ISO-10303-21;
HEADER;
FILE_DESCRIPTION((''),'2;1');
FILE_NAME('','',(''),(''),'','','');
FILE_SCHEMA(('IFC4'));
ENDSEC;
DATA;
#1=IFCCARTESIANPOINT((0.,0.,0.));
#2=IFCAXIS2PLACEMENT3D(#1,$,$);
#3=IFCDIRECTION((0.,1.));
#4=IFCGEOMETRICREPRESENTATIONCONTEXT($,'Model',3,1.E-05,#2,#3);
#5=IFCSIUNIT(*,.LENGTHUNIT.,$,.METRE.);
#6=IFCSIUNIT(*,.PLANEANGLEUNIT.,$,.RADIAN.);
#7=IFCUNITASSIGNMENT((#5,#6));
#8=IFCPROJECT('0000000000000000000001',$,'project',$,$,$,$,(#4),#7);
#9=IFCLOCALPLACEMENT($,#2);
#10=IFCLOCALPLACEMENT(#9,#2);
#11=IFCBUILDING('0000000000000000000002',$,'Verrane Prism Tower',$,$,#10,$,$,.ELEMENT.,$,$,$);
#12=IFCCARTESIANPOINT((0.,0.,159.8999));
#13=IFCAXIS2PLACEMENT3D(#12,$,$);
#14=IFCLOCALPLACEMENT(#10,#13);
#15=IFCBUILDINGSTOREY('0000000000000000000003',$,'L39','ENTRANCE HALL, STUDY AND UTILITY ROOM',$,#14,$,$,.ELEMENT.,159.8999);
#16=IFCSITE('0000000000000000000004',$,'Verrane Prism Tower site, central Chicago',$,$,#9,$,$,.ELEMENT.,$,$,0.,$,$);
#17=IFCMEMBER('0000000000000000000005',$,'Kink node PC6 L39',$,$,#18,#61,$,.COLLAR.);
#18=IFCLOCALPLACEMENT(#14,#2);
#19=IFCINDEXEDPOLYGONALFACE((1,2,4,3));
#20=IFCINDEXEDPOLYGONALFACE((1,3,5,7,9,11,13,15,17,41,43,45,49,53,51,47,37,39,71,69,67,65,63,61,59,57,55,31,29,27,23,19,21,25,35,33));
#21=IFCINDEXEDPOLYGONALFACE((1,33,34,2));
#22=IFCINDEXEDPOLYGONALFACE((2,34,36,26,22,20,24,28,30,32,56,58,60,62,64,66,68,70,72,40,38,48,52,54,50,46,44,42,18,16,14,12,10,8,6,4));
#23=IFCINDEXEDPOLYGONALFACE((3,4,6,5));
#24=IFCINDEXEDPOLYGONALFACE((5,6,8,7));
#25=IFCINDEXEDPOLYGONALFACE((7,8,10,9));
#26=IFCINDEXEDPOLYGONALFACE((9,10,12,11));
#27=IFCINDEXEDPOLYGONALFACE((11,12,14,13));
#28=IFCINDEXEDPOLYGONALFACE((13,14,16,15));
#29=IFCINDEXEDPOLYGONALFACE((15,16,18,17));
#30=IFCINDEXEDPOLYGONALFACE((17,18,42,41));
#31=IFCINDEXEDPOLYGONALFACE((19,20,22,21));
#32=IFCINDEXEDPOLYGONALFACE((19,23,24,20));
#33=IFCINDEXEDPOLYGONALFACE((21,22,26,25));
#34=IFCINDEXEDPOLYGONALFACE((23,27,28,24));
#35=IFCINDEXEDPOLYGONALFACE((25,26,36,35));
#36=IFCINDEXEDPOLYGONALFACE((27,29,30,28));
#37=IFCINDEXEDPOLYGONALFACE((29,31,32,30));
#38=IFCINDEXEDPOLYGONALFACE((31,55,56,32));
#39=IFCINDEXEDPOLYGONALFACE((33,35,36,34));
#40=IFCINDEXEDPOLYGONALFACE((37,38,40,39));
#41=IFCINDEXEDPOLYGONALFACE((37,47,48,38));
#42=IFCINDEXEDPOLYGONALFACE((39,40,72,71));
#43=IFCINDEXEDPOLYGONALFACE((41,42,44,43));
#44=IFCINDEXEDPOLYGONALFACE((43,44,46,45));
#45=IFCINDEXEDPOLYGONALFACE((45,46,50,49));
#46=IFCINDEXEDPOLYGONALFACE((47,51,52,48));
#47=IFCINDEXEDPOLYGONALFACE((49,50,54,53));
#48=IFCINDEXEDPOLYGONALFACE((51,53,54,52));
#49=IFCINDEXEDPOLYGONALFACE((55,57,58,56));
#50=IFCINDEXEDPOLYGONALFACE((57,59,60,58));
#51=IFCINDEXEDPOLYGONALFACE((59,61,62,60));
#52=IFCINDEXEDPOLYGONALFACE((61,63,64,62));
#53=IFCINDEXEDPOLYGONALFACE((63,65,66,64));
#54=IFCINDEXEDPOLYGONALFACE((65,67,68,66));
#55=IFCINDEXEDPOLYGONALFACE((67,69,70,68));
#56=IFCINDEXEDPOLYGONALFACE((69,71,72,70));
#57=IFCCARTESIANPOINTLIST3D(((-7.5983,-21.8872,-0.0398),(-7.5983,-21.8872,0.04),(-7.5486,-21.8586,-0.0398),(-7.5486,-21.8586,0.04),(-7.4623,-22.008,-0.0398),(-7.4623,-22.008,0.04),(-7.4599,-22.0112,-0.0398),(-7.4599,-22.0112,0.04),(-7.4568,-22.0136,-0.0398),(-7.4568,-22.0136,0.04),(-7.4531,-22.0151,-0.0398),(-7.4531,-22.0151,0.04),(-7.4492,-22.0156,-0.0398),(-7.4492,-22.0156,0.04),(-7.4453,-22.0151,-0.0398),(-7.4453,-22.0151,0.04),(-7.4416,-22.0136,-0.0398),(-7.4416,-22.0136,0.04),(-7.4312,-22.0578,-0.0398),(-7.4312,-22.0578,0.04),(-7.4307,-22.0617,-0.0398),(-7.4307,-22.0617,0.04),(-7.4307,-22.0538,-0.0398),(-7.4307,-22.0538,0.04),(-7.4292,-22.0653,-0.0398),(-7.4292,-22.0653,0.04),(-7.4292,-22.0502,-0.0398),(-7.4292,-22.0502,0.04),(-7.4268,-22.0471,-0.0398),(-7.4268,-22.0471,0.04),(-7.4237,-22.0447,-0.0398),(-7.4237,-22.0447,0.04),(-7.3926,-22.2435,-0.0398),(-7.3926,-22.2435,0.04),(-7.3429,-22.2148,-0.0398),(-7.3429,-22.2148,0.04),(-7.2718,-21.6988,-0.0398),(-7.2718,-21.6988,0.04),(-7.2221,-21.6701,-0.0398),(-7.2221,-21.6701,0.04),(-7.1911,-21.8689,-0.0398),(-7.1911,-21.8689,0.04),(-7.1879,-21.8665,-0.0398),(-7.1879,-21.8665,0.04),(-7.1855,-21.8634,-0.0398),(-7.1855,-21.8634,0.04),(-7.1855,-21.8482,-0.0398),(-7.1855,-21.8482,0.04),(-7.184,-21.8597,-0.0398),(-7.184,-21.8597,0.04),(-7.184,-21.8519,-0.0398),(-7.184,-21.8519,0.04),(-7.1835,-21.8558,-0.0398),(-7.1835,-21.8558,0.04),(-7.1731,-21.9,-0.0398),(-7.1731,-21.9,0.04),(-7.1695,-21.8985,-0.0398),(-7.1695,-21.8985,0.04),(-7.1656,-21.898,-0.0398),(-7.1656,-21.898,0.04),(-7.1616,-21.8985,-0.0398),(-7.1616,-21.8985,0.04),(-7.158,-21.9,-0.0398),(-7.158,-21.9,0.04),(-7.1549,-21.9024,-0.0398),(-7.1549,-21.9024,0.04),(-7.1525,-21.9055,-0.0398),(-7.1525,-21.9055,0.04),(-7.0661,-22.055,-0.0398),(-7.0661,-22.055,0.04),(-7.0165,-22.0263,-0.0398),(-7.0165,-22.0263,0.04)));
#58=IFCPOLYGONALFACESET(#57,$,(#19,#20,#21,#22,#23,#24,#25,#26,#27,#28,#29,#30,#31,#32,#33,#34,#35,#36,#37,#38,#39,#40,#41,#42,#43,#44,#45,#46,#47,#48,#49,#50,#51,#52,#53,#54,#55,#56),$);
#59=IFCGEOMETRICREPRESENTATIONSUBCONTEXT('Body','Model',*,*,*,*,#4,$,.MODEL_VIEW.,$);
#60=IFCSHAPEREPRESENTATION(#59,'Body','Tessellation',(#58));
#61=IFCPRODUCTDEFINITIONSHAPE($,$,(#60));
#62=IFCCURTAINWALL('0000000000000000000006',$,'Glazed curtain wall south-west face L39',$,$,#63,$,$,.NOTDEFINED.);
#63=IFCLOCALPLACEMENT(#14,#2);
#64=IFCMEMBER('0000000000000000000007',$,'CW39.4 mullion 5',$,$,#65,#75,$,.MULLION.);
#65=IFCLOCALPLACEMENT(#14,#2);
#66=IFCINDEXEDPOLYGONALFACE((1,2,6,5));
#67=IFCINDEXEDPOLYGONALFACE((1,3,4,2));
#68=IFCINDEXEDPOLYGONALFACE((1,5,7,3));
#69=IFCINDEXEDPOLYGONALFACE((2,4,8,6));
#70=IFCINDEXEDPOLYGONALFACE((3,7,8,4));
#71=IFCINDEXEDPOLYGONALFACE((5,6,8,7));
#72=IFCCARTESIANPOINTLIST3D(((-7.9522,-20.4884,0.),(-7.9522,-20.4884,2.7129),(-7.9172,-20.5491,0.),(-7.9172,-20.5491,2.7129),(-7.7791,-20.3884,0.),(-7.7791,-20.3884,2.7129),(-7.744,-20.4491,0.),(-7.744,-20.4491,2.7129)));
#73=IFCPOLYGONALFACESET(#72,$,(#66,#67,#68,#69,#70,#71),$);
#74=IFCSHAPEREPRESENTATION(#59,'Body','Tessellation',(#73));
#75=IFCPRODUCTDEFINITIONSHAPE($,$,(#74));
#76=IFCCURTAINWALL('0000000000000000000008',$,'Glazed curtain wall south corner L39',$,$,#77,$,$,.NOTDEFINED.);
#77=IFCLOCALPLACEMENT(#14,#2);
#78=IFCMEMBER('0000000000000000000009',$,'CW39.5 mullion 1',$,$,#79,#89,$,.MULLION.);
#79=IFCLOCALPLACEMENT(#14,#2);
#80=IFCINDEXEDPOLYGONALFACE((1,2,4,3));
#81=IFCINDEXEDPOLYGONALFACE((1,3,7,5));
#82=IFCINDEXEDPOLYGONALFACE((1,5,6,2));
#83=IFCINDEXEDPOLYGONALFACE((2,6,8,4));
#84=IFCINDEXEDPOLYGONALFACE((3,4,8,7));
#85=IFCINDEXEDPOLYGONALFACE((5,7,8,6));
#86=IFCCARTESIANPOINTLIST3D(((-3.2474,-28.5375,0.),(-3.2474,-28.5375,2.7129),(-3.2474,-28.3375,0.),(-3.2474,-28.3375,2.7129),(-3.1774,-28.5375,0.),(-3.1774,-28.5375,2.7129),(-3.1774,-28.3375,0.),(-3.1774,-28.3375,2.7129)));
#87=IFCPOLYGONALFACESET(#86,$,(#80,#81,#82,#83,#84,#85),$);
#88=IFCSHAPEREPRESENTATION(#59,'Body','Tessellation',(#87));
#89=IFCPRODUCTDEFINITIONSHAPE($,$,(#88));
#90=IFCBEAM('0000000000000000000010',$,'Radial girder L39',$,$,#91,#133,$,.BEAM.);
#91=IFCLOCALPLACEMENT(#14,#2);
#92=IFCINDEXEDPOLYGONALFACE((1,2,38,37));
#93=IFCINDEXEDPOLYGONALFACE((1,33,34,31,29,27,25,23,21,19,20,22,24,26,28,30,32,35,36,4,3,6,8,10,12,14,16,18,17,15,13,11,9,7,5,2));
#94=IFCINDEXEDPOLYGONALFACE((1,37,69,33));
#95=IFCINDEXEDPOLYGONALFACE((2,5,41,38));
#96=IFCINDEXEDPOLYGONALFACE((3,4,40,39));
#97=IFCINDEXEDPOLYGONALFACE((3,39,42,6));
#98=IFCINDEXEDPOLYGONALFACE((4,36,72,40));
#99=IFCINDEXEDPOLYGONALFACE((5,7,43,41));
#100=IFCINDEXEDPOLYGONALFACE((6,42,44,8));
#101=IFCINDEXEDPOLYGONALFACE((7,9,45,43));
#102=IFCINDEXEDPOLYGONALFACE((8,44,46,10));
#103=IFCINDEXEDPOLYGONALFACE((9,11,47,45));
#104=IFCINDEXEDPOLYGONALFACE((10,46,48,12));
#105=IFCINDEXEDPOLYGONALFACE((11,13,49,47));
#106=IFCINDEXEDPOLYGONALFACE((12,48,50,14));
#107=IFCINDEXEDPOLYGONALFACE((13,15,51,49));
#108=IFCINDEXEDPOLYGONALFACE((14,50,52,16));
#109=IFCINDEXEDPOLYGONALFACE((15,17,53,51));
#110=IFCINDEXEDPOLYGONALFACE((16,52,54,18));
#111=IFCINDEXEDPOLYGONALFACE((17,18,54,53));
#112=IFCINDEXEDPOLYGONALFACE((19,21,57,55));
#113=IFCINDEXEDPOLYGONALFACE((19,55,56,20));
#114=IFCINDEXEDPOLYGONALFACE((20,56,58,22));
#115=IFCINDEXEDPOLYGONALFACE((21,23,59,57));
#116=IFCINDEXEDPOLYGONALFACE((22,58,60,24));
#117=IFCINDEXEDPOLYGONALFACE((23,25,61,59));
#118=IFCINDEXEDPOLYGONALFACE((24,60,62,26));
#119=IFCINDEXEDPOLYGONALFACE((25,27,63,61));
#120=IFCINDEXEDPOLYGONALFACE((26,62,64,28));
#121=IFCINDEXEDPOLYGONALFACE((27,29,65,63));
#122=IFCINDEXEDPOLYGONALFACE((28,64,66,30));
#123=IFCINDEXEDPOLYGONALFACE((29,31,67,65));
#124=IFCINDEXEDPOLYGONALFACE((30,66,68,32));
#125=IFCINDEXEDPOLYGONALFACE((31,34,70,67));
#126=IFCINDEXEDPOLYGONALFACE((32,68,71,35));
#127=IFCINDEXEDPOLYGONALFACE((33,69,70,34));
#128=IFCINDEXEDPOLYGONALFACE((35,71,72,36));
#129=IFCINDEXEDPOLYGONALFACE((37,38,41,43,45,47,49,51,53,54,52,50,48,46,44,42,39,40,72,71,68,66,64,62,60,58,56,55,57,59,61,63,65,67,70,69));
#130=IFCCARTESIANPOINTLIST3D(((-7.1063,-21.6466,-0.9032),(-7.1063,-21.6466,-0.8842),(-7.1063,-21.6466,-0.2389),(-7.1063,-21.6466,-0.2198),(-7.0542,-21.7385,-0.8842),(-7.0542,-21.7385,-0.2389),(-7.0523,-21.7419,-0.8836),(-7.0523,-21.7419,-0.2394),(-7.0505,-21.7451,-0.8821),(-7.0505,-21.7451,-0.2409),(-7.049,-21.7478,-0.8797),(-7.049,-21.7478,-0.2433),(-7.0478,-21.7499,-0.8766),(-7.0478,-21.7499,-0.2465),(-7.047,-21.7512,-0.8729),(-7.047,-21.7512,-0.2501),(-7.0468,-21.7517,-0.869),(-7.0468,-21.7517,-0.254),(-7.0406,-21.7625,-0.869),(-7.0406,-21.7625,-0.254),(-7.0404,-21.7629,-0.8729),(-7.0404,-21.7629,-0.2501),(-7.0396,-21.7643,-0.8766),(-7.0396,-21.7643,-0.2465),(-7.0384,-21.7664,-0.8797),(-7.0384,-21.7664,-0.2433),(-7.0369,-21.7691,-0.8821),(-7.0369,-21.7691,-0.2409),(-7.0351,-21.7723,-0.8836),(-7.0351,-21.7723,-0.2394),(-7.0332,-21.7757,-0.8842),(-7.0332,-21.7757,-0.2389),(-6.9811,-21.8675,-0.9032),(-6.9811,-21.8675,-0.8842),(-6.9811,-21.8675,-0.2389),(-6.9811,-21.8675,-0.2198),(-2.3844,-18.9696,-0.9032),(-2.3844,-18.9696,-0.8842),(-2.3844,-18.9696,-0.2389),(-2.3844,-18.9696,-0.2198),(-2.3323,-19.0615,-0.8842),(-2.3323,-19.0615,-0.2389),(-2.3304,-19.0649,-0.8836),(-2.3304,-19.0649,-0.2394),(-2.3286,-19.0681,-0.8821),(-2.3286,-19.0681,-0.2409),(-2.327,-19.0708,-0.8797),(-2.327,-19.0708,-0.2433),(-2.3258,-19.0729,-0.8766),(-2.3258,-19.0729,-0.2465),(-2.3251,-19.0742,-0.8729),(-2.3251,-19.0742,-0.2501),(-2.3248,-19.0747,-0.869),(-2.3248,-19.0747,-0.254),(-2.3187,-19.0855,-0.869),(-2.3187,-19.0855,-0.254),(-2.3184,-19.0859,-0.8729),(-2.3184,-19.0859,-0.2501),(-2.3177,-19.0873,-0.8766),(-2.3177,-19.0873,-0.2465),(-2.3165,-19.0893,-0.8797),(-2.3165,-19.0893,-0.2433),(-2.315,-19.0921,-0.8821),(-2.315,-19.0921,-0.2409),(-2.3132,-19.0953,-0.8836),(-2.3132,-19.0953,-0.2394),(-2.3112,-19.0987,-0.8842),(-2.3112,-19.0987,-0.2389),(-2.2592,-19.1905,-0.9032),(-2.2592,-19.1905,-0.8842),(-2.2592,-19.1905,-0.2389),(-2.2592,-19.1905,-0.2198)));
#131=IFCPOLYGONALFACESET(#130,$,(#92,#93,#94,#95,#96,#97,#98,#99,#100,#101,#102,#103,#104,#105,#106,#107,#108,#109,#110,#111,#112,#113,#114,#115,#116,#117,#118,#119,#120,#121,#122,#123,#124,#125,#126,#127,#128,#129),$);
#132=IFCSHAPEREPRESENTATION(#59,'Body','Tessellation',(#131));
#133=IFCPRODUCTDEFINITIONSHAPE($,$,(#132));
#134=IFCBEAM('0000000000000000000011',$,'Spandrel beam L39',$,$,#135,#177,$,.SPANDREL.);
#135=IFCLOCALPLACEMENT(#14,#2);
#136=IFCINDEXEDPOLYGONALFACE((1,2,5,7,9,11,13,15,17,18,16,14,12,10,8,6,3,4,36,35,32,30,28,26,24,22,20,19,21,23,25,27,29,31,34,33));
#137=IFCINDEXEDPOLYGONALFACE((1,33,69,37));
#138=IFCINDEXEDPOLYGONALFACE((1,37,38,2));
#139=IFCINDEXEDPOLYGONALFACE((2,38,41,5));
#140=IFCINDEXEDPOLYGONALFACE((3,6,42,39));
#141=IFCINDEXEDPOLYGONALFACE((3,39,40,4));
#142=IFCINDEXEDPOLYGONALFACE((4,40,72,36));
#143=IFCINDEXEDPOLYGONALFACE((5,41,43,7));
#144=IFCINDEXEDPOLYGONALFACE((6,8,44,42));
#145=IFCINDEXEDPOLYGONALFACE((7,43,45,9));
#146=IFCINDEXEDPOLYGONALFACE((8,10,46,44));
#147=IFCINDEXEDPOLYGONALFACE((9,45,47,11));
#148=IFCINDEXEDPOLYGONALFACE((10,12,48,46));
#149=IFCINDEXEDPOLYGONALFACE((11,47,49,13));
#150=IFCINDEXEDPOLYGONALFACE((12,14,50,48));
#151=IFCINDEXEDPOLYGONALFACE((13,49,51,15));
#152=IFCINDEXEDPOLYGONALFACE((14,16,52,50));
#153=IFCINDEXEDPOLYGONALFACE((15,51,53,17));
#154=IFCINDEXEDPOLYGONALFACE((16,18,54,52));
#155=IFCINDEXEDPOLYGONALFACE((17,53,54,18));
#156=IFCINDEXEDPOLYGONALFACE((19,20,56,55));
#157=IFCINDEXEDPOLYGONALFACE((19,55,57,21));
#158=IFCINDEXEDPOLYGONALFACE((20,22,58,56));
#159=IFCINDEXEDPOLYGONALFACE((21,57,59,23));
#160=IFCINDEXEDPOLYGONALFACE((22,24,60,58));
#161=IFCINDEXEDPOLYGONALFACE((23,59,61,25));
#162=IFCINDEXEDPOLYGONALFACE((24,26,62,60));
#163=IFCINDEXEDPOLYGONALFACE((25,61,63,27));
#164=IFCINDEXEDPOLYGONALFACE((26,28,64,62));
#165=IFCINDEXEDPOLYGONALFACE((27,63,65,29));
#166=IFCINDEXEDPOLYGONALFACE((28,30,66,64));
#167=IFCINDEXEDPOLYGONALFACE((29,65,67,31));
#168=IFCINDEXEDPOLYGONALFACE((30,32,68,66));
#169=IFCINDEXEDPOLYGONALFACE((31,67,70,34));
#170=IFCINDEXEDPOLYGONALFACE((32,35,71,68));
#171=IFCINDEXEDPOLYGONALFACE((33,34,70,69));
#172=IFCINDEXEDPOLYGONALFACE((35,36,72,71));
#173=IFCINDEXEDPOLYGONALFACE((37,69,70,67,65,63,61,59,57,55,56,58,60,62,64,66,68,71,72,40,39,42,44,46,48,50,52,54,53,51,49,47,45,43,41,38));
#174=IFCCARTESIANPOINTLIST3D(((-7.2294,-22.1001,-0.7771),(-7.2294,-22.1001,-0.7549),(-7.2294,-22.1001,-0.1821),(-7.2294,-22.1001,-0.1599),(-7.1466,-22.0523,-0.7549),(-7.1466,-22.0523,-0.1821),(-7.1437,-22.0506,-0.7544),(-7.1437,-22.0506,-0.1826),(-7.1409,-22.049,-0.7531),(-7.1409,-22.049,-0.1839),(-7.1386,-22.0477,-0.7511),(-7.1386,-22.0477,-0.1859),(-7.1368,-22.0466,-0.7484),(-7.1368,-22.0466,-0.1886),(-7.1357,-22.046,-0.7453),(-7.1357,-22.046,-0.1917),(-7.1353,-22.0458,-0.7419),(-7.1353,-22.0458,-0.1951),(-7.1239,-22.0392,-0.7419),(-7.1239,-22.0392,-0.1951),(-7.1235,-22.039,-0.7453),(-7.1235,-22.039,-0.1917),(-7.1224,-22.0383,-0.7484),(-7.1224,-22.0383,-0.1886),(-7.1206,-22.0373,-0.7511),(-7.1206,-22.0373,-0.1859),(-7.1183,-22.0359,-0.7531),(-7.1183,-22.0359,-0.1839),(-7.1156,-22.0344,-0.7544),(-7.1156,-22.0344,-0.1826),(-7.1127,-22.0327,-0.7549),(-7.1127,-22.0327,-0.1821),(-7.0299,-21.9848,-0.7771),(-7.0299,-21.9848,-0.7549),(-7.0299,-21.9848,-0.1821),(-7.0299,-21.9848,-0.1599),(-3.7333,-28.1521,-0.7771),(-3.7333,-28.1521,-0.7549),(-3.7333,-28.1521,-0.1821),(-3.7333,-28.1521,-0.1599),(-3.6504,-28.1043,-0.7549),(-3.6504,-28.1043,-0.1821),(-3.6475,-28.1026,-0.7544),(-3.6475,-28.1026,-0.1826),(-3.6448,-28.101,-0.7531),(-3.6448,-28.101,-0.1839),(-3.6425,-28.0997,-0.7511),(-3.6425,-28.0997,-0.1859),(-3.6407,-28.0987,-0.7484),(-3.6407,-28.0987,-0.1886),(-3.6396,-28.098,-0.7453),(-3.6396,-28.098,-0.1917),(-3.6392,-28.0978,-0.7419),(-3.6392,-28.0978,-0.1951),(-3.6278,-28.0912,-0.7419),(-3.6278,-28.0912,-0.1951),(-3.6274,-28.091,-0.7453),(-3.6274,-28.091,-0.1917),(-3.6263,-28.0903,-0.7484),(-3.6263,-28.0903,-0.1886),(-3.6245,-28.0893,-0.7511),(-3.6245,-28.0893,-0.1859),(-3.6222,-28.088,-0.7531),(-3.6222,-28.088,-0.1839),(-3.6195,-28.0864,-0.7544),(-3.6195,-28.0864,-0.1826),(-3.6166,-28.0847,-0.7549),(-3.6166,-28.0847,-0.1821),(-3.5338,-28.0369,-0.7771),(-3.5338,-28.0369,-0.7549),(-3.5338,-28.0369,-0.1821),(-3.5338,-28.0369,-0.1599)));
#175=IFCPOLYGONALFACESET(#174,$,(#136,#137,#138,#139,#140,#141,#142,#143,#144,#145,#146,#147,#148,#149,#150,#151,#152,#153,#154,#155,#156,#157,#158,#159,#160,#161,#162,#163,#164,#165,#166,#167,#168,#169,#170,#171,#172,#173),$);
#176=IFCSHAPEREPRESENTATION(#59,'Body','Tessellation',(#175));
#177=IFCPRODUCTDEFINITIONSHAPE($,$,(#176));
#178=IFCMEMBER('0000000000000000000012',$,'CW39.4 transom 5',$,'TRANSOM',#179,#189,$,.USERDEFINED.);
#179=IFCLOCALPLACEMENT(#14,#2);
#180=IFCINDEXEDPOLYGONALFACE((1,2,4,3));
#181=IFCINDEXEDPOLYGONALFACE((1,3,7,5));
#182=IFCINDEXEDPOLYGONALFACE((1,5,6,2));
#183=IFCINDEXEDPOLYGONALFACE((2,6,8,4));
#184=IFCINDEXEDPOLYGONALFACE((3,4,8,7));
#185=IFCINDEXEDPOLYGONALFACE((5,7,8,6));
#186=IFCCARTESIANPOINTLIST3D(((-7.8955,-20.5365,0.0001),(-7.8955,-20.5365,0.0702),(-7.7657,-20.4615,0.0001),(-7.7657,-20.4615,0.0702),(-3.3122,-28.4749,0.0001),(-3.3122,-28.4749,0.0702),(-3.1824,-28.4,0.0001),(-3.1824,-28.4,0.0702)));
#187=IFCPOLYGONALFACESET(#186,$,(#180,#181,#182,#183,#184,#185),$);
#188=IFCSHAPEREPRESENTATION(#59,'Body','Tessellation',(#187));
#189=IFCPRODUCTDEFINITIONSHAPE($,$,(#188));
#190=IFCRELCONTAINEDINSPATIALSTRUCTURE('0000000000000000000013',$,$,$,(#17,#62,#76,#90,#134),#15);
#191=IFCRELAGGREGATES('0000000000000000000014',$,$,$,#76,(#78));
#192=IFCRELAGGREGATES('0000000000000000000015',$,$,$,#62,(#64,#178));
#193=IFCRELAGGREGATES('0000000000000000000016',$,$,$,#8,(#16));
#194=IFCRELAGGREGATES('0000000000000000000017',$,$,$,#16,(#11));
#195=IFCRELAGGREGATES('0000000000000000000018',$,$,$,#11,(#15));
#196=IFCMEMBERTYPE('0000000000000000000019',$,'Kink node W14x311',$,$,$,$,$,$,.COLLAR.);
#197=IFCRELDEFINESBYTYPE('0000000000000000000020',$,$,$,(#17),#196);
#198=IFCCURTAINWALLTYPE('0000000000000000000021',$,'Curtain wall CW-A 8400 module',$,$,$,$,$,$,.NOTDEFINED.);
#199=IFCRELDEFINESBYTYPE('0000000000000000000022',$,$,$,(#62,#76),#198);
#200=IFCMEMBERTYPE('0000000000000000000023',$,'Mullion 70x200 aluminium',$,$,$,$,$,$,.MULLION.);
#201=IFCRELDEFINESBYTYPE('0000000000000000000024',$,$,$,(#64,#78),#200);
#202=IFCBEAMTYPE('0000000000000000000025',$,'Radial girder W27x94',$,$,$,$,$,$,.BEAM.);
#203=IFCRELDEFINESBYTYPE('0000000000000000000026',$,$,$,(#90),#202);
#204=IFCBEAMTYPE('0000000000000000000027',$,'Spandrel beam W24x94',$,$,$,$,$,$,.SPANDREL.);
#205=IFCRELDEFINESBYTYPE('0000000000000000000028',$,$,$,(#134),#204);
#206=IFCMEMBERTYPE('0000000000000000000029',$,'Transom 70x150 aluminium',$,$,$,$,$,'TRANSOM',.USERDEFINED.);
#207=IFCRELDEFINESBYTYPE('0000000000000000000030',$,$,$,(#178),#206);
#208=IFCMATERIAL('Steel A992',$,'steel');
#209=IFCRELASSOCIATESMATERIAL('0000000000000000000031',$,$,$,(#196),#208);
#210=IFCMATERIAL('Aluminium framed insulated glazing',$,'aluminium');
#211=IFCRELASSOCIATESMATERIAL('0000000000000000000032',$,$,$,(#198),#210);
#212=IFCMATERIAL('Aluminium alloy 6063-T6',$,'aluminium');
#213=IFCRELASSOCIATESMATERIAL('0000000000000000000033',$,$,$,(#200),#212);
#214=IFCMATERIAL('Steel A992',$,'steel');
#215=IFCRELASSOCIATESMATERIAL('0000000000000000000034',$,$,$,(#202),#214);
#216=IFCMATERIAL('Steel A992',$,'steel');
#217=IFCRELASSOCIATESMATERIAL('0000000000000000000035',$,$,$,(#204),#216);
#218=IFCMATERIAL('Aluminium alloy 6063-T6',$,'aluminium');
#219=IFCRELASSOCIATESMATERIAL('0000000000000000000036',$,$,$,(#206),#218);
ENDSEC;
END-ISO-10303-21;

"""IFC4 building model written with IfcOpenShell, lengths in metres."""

from ifc_helpers import new_model, si_unit, direction, frame, origin, origin_2d, place, context, subcontext, project, spatial, rectangle, i_section, extrude, material, material_profile, profile_set, type_object, element, aggregate, save


model = new_model("IFC4")

# Units and contexts
model_context = context("Model", 3, precision=1e-05, world=origin(), true_north=direction((0.0, 1.0)))
body_context = subcontext(model_context, "Body", "Model", "MODEL_VIEW")
ifc_project = project(units=[si_unit("LENGTHUNIT", "METRE"), si_unit("PLANEANGLEUNIT", "RADIAN")], contexts=[model_context])

# Site, building, storey
site_placement = place(None, origin())
site = spatial("IfcSite", under=ifc_project, at=site_placement, Name="Verrane Prism Tower site, central Chicago", CompositionType="ELEMENT", RefElevation=0.0)
building_placement = place(site_placement, origin())
building = spatial("IfcBuilding", under=site, at=building_placement, Name="Verrane Prism Tower", CompositionType="ELEMENT")
storey_placement = place(building_placement, frame((0.0, 0.0, 159.8999)))
storey = spatial("IfcBuildingStorey", under=building, at=storey_placement, Name="L39", Description="ENTRANCE HALL, STUDY AND UTILITY ROOM", CompositionType="ELEMENT", Elevation=159.8999)

# Member
ifc_material_1 = material(Name="Steel A992", Category="steel")
ifc_material_profile_1 = material_profile(ifc_material_1, i_section(OverallWidth=0.4114, OverallDepth=0.4343, WebThickness=0.0359, FlangeThickness=0.0574, FilletRadius=0.0151, at=origin_2d()), Name="W14x311")
ifc_profile_set_1 = profile_set([ifc_material_profile_1], Name="Steel A992")
member_type_1 = type_object("IfcMemberType", Name="Kink node W14x311", PredefinedType="COLLAR", material=ifc_profile_set_1)
member_1_placement = place(storey_placement, frame((-7.3074, -21.9568, -0.0398), z_axis=(0.0, 0.0, 1.0), x_axis=(-0.5, 0.866025, 0.0)))
element("IfcMember", 1, at=member_1_placement, inside=storey, type_object=member_type_1, Name="Kink node PC6 L39", PredefinedType="COLLAR", context=body_context, shape_type="SweptSolid", body=[
    extrude(i_section(OverallWidth=0.4114, OverallDepth=0.4343, WebThickness=0.0359, FlangeThickness=0.0574, FilletRadius=0.0151, at=origin_2d()), origin(), (0.0, 0.0, 1.0), 0.0798),
])

# Curtain walls, members
ifc_material_2 = material(Name="Aluminium framed insulated glazing", Category="aluminium")
curtain_wall_type = type_object("IfcCurtainWallType", Name="Curtain wall CW-A 8400 module", PredefinedType="NOTDEFINED", material=ifc_material_2)
curtain_wall_1_placement = place(storey_placement, origin())
curtain_wall_1 = element("IfcCurtainWall", 2, at=curtain_wall_1_placement, inside=storey, type_object=curtain_wall_type, Name="Glazed curtain wall south-west face L39", PredefinedType="NOTDEFINED")
ifc_material_3 = material(Name="Aluminium alloy 6063-T6", Category="aluminium")
ifc_material_profile_2 = material_profile(ifc_material_3, rectangle(XDim=0.2, YDim=0.0701, at=origin_2d()), Name="Mullion 70x200 aluminium")
ifc_profile_set_2 = profile_set([ifc_material_profile_2], Name="Aluminium alloy 6063-T6")
member_type_2 = type_object("IfcMemberType", Name="Mullion 70x200 aluminium", PredefinedType="MULLION", material=ifc_profile_set_2)
member_2_placement = place(storey_placement, frame((-7.8481, -20.4688, 0.0), z_axis=(0.0, 0.0, 1.0), x_axis=(0.866026, 0.499999, 0.0)))
member_2 = element("IfcMember", 3, at=member_2_placement, type_object=member_type_2, Name="CW39.4 mullion 5", PredefinedType="MULLION", context=body_context, shape_type="SweptSolid", body=[
    extrude(rectangle(XDim=0.2, YDim=0.0701, at=origin_2d()), origin(), (0.0, 0.0, 1.0), 2.7129),
])
curtain_wall_2_placement = place(storey_placement, origin())
curtain_wall_2 = element("IfcCurtainWall", 4, at=curtain_wall_2_placement, inside=storey, type_object=curtain_wall_type, Name="Glazed curtain wall south corner L39", PredefinedType="NOTDEFINED")
member_3_placement = place(storey_placement, frame((-3.2124, -28.4375, 0.0), z_axis=(0.0, 0.0, 1.0), x_axis=(0.0, 1.0, 0.0)))
member_3 = element("IfcMember", 5, at=member_3_placement, type_object=member_type_2, Name="CW39.5 mullion 1", PredefinedType="MULLION", context=body_context, shape_type="SweptSolid", body=[
    extrude(rectangle(XDim=0.2, YDim=0.0701, at=origin_2d()), origin(), (0.0, 0.0, 1.0), 2.7129),
])

# Beams
ifc_material_4 = material(Name="Steel A992", Category="steel")
ifc_material_profile_3 = material_profile(ifc_material_4, i_section(OverallWidth=0.2539, OverallDepth=0.6833, WebThickness=0.0125, FlangeThickness=0.019, FilletRadius=0.0151, at=origin_2d()), Name="W27x94")
ifc_profile_set_3 = profile_set([ifc_material_profile_3], Name="Steel A992")
beam_type_1 = type_object("IfcBeamType", Name="Radial girder W27x94", PredefinedType="BEAM", material=ifc_profile_set_3)
beam_1_placement = place(storey_placement, frame((-7.0437, -21.7571, -0.5615), z_axis=(0.869924, 0.493186, 0.0), x_axis=(-0.493186, 0.869924, 0.0)))
element("IfcBeam", 6, at=beam_1_placement, inside=storey, type_object=beam_type_1, Name="Radial girder L39", PredefinedType="BEAM", context=body_context, shape_type="SweptSolid", body=[
    extrude(i_section(OverallWidth=0.2539, OverallDepth=0.6833, WebThickness=0.0125, FlangeThickness=0.019, FilletRadius=0.0151, at=origin_2d()), origin(), (0.0, 0.0, 1.0), 5.428),
])
ifc_material_5 = material(Name="Steel A992", Category="steel")
ifc_material_profile_4 = material_profile(ifc_material_5, i_section(OverallWidth=0.2305, OverallDepth=0.6172, WebThickness=0.0132, FlangeThickness=0.0222, FilletRadius=0.0129, at=origin_2d()), Name="W24x94")
ifc_profile_set_4 = profile_set([ifc_material_profile_4], Name="Steel A992")
beam_type_2 = type_object("IfcBeamType", Name="Spandrel beam W24x94", PredefinedType="SPANDREL", material=ifc_profile_set_4)
beam_2_placement = place(storey_placement, frame((-7.1296, -22.0425, -0.4685), z_axis=(0.500211, -0.865903, 0.0), x_axis=(0.865903, 0.500211, 0.0)))
element("IfcBeam", 7, at=beam_2_placement, inside=storey, type_object=beam_type_2, Name="Spandrel beam L39", PredefinedType="SPANDREL", context=body_context, shape_type="SweptSolid", body=[
    extrude(i_section(OverallWidth=0.2305, OverallDepth=0.6172, WebThickness=0.0132, FlangeThickness=0.0222, FilletRadius=0.0129, at=origin_2d()), origin(), (0.0, 0.0, 1.0), 6.9893),
])

# Member
ifc_material_6 = material(Name="Aluminium alloy 6063-T6", Category="aluminium")
ifc_material_profile_5 = material_profile(ifc_material_6, rectangle(XDim=0.1499, YDim=0.0701, at=origin_2d()), Name="Transom 70x150 aluminium")
ifc_profile_set_5 = profile_set([ifc_material_profile_5], Name="Aluminium alloy 6063-T6")
member_type_3 = type_object("IfcMemberType", Name="Transom 70x150 aluminium", ElementType="TRANSOM", PredefinedType="USERDEFINED", material=ifc_profile_set_5)
member_4_placement = place(storey_placement, frame((-7.8306, -20.499, 0.0352), z_axis=(0.499998, -0.866027, 0.0), x_axis=(0.866027, 0.499998, 0.0)))
member_4 = element("IfcMember", 8, at=member_4_placement, type_object=member_type_3, Name="CW39.4 transom 5", ObjectType="TRANSOM", PredefinedType="USERDEFINED", context=body_context, shape_type="SweptSolid", body=[
    extrude(rectangle(XDim=0.1499, YDim=0.0701, at=origin_2d()), origin(), (0.0, 0.0, 1.0), 9.1665),
])
aggregate(curtain_wall_2, [member_3])

aggregate(curtain_wall_1, [member_2, member_4])

save(model, "model.ifc")
